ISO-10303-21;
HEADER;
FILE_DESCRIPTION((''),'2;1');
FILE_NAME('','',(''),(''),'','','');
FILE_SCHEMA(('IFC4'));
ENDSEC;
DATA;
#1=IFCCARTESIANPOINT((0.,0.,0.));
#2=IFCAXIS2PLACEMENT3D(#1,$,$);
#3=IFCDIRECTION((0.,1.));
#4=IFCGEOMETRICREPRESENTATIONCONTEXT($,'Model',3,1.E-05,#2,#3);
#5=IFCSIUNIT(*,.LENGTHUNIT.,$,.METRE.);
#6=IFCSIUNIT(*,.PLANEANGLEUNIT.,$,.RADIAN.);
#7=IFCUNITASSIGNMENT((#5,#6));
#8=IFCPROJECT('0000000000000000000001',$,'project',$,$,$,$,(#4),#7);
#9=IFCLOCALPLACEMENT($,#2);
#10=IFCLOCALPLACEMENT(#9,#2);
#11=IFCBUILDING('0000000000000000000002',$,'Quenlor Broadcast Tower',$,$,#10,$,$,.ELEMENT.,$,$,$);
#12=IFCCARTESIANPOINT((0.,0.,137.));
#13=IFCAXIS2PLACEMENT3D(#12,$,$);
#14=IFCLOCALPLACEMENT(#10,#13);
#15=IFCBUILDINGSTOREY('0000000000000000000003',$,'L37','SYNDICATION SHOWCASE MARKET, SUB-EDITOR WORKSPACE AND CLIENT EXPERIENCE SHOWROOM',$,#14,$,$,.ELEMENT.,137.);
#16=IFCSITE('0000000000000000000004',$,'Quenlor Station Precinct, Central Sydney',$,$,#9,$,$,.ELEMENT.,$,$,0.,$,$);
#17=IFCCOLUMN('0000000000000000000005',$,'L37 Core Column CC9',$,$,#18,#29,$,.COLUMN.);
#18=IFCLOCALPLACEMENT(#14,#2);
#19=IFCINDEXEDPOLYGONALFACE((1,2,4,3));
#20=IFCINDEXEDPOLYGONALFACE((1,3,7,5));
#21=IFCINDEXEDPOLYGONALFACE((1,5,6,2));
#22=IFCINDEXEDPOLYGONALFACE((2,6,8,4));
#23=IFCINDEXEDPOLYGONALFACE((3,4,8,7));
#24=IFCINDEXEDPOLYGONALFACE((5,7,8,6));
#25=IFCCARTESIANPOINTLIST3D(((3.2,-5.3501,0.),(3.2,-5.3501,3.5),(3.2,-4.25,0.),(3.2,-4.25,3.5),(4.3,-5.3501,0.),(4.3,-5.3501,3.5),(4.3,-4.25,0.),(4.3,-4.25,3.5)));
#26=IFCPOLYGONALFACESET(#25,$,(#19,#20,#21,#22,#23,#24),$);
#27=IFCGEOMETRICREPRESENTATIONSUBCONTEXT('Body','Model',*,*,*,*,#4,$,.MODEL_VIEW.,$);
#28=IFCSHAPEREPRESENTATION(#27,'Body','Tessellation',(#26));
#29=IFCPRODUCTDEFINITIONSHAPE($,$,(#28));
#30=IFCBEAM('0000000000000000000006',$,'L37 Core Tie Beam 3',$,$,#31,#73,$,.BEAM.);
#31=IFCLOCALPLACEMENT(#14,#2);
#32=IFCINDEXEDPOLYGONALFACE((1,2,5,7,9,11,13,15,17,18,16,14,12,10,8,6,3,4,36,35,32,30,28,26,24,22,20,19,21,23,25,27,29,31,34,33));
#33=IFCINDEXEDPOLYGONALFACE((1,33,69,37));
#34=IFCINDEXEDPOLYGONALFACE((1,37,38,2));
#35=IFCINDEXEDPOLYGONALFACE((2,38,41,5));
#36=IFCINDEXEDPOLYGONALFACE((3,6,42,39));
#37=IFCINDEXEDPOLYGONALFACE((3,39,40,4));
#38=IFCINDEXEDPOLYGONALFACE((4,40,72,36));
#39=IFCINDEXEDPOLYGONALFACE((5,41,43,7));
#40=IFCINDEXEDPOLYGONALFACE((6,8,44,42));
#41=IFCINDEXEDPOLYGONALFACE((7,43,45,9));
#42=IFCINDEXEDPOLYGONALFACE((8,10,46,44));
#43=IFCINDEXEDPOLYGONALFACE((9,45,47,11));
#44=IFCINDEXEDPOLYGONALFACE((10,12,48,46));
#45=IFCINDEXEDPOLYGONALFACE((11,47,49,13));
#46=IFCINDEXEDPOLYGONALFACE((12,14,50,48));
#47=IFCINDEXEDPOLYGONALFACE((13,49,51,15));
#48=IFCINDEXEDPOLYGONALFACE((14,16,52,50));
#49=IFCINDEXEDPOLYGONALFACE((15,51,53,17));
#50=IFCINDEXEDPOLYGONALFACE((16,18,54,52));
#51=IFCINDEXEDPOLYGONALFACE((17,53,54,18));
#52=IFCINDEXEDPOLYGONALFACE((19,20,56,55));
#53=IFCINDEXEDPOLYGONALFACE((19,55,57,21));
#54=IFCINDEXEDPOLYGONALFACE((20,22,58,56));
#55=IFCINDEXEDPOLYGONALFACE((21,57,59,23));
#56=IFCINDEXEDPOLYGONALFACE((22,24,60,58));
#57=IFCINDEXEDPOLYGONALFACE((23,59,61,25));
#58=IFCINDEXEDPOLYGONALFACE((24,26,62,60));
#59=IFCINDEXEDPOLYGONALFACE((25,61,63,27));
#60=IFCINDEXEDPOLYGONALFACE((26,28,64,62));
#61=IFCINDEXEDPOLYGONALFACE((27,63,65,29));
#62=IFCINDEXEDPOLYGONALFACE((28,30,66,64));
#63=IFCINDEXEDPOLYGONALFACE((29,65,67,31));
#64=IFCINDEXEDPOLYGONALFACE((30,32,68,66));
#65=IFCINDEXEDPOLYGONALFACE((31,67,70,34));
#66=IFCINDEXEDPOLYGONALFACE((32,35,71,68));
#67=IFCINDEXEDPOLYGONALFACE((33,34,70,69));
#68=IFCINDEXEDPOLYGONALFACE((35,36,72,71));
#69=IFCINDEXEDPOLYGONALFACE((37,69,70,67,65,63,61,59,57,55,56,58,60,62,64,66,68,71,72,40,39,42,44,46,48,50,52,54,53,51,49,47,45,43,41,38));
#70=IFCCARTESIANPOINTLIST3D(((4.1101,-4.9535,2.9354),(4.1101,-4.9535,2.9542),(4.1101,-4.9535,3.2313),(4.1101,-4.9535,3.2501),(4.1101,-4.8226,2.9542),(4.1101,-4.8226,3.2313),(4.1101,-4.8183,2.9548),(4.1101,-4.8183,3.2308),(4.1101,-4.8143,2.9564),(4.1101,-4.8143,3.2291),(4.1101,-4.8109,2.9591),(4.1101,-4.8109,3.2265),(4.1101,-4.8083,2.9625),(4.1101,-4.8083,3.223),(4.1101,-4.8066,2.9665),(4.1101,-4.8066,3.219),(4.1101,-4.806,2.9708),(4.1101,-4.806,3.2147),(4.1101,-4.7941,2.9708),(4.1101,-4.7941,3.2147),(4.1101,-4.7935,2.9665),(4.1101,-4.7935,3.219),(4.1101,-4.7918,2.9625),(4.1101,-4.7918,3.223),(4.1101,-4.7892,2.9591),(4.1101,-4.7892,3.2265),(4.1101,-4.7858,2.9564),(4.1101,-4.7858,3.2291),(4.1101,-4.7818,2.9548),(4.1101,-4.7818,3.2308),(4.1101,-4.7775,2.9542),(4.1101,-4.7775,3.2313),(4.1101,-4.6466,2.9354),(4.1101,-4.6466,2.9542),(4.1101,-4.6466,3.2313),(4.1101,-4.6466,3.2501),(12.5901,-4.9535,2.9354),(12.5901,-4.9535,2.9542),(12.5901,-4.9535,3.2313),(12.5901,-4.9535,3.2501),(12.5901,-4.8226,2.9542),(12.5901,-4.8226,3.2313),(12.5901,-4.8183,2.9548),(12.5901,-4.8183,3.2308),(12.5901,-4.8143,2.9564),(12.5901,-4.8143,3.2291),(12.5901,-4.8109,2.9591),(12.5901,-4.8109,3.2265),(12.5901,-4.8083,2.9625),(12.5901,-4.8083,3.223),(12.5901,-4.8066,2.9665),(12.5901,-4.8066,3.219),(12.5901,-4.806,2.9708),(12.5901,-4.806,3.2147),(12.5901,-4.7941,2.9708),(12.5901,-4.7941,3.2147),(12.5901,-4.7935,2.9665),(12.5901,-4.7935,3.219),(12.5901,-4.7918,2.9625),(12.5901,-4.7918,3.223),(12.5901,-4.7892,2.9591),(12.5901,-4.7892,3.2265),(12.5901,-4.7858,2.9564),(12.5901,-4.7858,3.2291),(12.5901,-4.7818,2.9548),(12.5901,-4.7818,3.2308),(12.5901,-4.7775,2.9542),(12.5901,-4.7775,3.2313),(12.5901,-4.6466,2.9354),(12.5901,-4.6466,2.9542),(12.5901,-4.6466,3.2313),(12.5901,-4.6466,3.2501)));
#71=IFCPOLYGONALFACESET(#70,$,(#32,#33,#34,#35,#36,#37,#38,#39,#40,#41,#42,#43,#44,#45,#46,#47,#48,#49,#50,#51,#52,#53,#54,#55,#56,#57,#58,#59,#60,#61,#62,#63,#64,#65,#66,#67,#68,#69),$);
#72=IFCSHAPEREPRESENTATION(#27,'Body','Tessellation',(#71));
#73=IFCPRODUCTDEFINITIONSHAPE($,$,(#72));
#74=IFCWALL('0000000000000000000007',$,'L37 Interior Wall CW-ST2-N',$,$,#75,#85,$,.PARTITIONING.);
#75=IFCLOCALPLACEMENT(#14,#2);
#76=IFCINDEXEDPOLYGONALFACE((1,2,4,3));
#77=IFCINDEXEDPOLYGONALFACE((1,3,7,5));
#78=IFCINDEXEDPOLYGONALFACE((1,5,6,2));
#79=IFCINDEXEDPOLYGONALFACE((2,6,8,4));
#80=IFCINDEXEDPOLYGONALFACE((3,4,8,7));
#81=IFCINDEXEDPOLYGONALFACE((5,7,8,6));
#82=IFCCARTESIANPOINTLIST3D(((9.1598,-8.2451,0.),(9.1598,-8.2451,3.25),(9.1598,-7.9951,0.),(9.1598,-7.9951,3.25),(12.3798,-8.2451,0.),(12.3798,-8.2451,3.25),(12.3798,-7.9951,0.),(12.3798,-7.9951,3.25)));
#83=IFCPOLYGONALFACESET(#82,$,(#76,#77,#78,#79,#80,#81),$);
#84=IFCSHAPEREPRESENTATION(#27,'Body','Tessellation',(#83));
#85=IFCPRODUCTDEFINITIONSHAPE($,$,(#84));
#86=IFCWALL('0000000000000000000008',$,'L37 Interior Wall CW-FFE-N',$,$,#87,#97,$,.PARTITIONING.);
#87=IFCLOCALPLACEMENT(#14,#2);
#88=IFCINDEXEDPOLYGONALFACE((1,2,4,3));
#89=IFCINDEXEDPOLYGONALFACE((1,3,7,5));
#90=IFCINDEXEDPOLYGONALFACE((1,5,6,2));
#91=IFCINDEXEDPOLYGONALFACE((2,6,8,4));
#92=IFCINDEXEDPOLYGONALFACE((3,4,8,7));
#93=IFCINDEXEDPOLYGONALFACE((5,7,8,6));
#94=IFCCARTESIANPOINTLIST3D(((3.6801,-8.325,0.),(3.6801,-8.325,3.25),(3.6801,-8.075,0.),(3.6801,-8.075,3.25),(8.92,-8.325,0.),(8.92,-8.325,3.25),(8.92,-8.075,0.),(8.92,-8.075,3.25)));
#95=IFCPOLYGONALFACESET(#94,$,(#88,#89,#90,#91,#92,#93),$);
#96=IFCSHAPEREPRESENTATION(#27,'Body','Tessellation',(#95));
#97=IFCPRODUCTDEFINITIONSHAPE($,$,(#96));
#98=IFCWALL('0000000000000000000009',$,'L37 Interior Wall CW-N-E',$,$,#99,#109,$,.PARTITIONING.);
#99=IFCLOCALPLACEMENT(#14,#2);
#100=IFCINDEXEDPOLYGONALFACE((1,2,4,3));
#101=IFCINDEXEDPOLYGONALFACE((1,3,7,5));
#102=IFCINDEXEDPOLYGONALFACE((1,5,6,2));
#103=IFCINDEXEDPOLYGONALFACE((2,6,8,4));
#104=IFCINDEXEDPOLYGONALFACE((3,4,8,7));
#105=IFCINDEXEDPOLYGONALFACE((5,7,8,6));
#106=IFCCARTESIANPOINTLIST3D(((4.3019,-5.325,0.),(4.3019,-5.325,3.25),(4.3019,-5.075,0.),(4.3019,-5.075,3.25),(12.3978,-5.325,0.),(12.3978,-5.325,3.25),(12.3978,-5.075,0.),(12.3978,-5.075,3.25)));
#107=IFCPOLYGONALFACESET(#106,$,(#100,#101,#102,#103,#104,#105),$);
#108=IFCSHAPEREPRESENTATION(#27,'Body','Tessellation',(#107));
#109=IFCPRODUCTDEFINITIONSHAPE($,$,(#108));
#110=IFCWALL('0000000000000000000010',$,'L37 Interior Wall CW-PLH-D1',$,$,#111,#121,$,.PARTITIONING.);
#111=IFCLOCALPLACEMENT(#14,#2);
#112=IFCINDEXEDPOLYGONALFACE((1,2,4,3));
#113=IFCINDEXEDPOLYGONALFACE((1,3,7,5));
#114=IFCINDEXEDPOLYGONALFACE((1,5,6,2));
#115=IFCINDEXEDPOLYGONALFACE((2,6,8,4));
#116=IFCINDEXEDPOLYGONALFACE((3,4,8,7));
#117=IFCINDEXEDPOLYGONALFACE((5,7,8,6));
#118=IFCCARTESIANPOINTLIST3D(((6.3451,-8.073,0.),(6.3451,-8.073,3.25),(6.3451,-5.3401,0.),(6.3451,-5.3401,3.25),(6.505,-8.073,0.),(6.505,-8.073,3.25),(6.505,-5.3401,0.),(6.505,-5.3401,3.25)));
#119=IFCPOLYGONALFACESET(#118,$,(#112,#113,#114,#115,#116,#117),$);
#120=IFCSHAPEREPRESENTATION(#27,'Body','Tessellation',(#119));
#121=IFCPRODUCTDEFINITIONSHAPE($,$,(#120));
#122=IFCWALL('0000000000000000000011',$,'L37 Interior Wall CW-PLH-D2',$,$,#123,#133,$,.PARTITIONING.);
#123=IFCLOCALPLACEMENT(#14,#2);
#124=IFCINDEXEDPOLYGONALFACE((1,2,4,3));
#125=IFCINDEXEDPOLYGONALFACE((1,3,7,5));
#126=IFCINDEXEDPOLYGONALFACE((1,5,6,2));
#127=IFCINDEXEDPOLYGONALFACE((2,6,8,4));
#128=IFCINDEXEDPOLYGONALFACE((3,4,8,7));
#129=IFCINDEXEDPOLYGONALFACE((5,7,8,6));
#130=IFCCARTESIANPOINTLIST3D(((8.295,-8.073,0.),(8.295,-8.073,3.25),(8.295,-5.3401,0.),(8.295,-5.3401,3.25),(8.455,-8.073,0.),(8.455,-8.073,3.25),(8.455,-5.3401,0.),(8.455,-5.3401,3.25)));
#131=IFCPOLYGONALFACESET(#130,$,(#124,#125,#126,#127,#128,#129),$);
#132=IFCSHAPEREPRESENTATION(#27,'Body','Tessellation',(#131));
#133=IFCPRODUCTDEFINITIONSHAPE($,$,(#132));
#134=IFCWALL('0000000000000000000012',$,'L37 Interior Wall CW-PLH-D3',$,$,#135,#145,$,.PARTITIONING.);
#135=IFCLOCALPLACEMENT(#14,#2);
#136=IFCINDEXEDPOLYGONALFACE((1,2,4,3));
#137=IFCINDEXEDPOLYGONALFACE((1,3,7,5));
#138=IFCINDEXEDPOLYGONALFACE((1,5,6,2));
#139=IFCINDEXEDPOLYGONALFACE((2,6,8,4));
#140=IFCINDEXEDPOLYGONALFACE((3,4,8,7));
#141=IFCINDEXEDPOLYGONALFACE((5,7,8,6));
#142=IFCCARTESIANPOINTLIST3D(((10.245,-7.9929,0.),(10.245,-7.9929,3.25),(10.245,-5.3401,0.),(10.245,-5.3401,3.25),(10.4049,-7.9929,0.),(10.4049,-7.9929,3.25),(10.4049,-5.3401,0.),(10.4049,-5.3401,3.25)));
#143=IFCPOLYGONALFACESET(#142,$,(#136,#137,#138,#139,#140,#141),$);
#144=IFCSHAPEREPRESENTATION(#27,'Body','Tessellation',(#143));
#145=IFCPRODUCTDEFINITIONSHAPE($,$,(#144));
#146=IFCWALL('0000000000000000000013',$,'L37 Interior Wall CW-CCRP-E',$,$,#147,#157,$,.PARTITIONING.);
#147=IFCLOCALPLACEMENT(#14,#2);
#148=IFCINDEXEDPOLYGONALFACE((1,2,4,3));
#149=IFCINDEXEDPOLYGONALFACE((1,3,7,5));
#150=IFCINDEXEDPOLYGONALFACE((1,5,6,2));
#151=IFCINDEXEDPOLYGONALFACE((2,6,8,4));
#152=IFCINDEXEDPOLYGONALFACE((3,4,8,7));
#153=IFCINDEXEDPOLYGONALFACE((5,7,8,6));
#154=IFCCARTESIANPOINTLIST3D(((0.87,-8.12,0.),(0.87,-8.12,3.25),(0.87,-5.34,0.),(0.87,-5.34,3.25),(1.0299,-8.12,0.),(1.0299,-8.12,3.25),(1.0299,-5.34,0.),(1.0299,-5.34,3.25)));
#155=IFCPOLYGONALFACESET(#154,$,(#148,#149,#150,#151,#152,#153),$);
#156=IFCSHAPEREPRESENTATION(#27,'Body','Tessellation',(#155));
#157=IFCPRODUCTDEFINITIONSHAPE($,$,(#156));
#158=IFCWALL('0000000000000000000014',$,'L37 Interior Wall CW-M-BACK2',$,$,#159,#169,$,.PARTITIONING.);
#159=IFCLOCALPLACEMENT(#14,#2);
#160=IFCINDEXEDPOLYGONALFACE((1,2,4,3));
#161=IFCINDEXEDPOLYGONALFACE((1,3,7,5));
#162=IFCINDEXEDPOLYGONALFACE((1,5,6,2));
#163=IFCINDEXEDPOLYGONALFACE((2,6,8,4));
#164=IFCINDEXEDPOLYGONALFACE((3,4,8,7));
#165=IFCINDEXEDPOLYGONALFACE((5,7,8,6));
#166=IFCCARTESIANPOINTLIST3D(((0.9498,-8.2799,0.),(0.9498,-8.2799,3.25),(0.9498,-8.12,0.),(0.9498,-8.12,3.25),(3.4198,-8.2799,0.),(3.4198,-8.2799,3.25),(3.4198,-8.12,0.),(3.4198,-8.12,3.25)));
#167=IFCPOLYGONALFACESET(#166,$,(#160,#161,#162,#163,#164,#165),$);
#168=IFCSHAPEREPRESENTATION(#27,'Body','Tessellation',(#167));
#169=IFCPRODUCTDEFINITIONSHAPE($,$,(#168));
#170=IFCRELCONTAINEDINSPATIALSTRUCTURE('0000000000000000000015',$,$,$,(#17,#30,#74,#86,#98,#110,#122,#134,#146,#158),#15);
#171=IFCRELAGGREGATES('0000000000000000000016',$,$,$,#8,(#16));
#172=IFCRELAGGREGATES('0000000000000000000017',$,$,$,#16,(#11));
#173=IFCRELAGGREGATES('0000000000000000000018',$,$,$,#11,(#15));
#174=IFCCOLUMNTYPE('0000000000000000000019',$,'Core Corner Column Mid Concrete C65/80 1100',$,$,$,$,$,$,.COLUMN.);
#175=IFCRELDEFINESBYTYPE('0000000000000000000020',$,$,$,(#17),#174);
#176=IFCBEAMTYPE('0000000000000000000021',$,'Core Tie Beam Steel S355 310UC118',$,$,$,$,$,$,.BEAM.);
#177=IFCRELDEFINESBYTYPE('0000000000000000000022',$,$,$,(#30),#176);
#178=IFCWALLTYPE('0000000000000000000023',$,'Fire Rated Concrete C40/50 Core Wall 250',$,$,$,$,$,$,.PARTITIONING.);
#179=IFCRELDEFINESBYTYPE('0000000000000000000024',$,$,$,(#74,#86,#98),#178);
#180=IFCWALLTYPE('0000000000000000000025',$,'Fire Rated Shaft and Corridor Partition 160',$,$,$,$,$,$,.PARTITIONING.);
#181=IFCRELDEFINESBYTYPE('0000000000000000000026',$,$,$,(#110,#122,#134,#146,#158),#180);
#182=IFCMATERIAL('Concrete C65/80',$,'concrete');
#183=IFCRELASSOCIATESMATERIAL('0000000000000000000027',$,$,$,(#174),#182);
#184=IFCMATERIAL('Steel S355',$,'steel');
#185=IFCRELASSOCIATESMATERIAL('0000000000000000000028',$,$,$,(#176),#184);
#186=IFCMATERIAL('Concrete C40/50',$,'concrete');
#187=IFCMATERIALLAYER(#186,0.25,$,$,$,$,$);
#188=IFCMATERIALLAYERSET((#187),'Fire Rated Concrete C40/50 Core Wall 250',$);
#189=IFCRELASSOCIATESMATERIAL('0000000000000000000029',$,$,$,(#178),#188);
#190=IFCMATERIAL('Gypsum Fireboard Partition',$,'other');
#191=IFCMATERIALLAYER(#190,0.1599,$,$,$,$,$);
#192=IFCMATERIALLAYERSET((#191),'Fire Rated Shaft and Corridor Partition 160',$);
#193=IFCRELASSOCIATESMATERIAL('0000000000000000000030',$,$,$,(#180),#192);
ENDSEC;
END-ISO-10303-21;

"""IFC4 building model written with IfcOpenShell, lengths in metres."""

from ifc_helpers import new_model, si_unit, direction, frame, frame_2d, origin, origin_2d, place, context, subcontext, project, spatial, rectangle, i_section, extrude, material, layer, layer_set, material_profile, profile_set, type_object, element, save


model = new_model("IFC4")

# Units and contexts
model_context = context("Model", 3, precision=1e-05, world=origin(), true_north=direction((0.0, 1.0)))
body_context = subcontext(model_context, "Body", "Model", "MODEL_VIEW")
ifc_project = project(units=[si_unit("LENGTHUNIT", "METRE"), si_unit("PLANEANGLEUNIT", "RADIAN")], contexts=[model_context])

# Site, building, storey
site_placement = place(None, origin())
site = spatial("IfcSite", under=ifc_project, at=site_placement, Name="Quenlor Station Precinct, Central Sydney", CompositionType="ELEMENT", RefElevation=0.0)
building_placement = place(site_placement, origin())
building = spatial("IfcBuilding", under=site, at=building_placement, Name="Quenlor Broadcast Tower", CompositionType="ELEMENT")
storey_placement = place(building_placement, frame((0.0, 0.0, 137.0)))
storey = spatial("IfcBuildingStorey", under=building, at=storey_placement, Name="L37", Description="SYNDICATION SHOWCASE MARKET, SUB-EDITOR WORKSPACE AND CLIENT EXPERIENCE SHOWROOM", CompositionType="ELEMENT", Elevation=137.0)

# Column
ifc_material_1 = material(Name="Concrete C65/80", Category="concrete")
ifc_material_profile_1 = material_profile(ifc_material_1, rectangle(XDim=1.1001, YDim=1.1001, at=origin_2d()))
ifc_profile_set_1 = profile_set([ifc_material_profile_1], Name="Concrete C65/80 RC1100x1100")
column_type = type_object("IfcColumnType", Name="Core Corner Column Mid Concrete C65/80 1100", PredefinedType="COLUMN", material=ifc_profile_set_1)
column_placement = place(storey_placement, frame((3.75, -4.8, 0.0), z_axis=(0.0, 0.0, 1.0), x_axis=(1.0, 0.0, 0.0)))
element("IfcColumn", 1, at=column_placement, inside=storey, type_object=column_type, Name="L37 Core Column CC9", PredefinedType="COLUMN", context=body_context, shape_type="SweptSolid", body=[
    extrude(rectangle(XDim=1.1001, YDim=1.1001, at=origin_2d()), origin(), (0.0, 0.0, 1.0), 3.5),
])

# Beam
ifc_material_2 = material(Name="Steel S355", Category="steel")
ifc_material_profile_2 = material_profile(ifc_material_2, i_section(OverallWidth=0.3069, OverallDepth=0.3147, WebThickness=0.012, FlangeThickness=0.0188, FilletRadius=0.0166, at=origin_2d()))
ifc_profile_set_2 = profile_set([ifc_material_profile_2], Name="Steel S355 310UC118")
beam_type = type_object("IfcBeamType", Name="Core Tie Beam Steel S355 310UC118", PredefinedType="BEAM", material=ifc_profile_set_2)
beam_placement = place(storey_placement, frame((4.1101, -4.8, 3.0928), z_axis=(1.0, 0.0, 0.0), x_axis=(0.0, 1.0, 0.0)))
element("IfcBeam", 2, at=beam_placement, inside=storey, type_object=beam_type, Name="L37 Core Tie Beam 3", PredefinedType="BEAM", context=body_context, shape_type="SweptSolid", body=[
    extrude(i_section(OverallWidth=0.3069, OverallDepth=0.3147, WebThickness=0.012, FlangeThickness=0.0188, FilletRadius=0.0166, at=origin_2d()), origin(), (0.0, 0.0, 1.0), 8.48),
])

# Walls
ifc_material_3 = material(Name="Concrete C40/50", Category="concrete")
ifc_layer_1 = layer(ifc_material_3, 0.25)
ifc_layer_set_1 = layer_set([ifc_layer_1], Name="Fire Rated Concrete C40/50 Core Wall 250")
wall_type_1 = type_object("IfcWallType", Name="Fire Rated Concrete C40/50 Core Wall 250", PredefinedType="PARTITIONING", material=ifc_layer_set_1)
wall_1_placement = place(storey_placement, frame((9.1599, -8.1201, 0.0), z_axis=(0.0, 0.0, 1.0), x_axis=(1.0, 0.0, 0.0)))
element("IfcWall", 3, at=wall_1_placement, inside=storey, type_object=wall_type_1, Name="L37 Interior Wall CW-ST2-N", PredefinedType="PARTITIONING", context=body_context, shape_type="SweptSolid", body=[
    extrude(rectangle(XDim=3.22, YDim=0.25, at=frame_2d((1.6099, 0.0))), origin(), (0.0, 0.0, 1.0), 3.25),
])
wall_2_placement = place(storey_placement, frame((3.6799, -8.2, 0.0), z_axis=(0.0, 0.0, 1.0), x_axis=(1.0, 0.0, 0.0)))
element("IfcWall", 4, at=wall_2_placement, inside=storey, type_object=wall_type_1, Name="L37 Interior Wall CW-FFE-N", PredefinedType="PARTITIONING", context=body_context, shape_type="SweptSolid", body=[
    extrude(rectangle(XDim=5.24, YDim=0.25, at=frame_2d((2.6201, 0.0))), origin(), (0.0, 0.0, 1.0), 3.25),
])
wall_3_placement = place(storey_placement, frame((4.302, -5.2, 0.0), z_axis=(0.0, 0.0, 1.0), x_axis=(1.0, 0.0, 0.0)))
element("IfcWall", 5, at=wall_3_placement, inside=storey, type_object=wall_type_1, Name="L37 Interior Wall CW-N-E", PredefinedType="PARTITIONING", context=body_context, shape_type="SweptSolid", body=[
    extrude(rectangle(XDim=8.0959, YDim=0.25, at=frame_2d((4.0479, 0.0))), origin(), (0.0, 0.0, 1.0), 3.25),
])

# Walls
ifc_material_4 = material(Name="Gypsum Fireboard Partition", Category="other")
ifc_layer_2 = layer(ifc_material_4, 0.1599)
ifc_layer_set_2 = layer_set([ifc_layer_2], Name="Fire Rated Shaft and Corridor Partition 160")
wall_type_2 = type_object("IfcWallType", Name="Fire Rated Shaft and Corridor Partition 160", PredefinedType="PARTITIONING", material=ifc_layer_set_2)
for number, where, z_axis, x_axis, name in (
    (6, (6.425, -8.073, 0.0), (0.0, 0.0, 1.0), (0.0, 1.0, 0.0), "L37 Interior Wall CW-PLH-D1"),
    (7, (8.375, -8.073, 0.0), (0.0, 0.0, 1.0), (0.0, 1.0, 0.0), "L37 Interior Wall CW-PLH-D2"),
):
    element("IfcWall", number, at=place(storey_placement, frame(where, z_axis=z_axis, x_axis=x_axis)), inside=storey, type_object=wall_type_2, Name=name, PredefinedType="PARTITIONING", context=body_context, shape_type="SweptSolid", body=[
        extrude(rectangle(XDim=2.7329, YDim=0.1599, at=frame_2d((1.3665, 0.0))), origin(), (0.0, 0.0, 1.0), 3.25),
    ])
wall_4_placement = place(storey_placement, frame((10.325, -7.9929, 0.0), z_axis=(0.0, 0.0, 1.0), x_axis=(0.0, 1.0, 0.0)))
element("IfcWall", 8, at=wall_4_placement, inside=storey, type_object=wall_type_2, Name="L37 Interior Wall CW-PLH-D3", PredefinedType="PARTITIONING", context=body_context, shape_type="SweptSolid", body=[
    extrude(rectangle(XDim=2.6528, YDim=0.1599, at=frame_2d((1.3264, 0.0))), origin(), (0.0, 0.0, 1.0), 3.25),
])
wall_5_placement = place(storey_placement, frame((0.95, -8.1201, 0.0), z_axis=(0.0, 0.0, 1.0), x_axis=(0.0, 1.0, 0.0)))
element("IfcWall", 9, at=wall_5_placement, inside=storey, type_object=wall_type_2, Name="L37 Interior Wall CW-CCRP-E", PredefinedType="PARTITIONING", context=body_context, shape_type="SweptSolid", body=[
    extrude(rectangle(XDim=2.78, YDim=0.1599, at=frame_2d((1.3901, 0.0))), origin(), (0.0, 0.0, 1.0), 3.25),
])
wall_6_placement = place(storey_placement, frame((0.95, -8.2, 0.0), z_axis=(0.0, 0.0, 1.0), x_axis=(1.0, 0.0, 0.0)))
element("IfcWall", 10, at=wall_6_placement, inside=storey, type_object=wall_type_2, Name="L37 Interior Wall CW-M-BACK2", PredefinedType="PARTITIONING", context=body_context, shape_type="SweptSolid", body=[
    extrude(rectangle(XDim=2.47, YDim=0.1599, at=frame_2d((1.2349, 0.0))), origin(), (0.0, 0.0, 1.0), 3.25),
])

save(model, "model.ifc")
